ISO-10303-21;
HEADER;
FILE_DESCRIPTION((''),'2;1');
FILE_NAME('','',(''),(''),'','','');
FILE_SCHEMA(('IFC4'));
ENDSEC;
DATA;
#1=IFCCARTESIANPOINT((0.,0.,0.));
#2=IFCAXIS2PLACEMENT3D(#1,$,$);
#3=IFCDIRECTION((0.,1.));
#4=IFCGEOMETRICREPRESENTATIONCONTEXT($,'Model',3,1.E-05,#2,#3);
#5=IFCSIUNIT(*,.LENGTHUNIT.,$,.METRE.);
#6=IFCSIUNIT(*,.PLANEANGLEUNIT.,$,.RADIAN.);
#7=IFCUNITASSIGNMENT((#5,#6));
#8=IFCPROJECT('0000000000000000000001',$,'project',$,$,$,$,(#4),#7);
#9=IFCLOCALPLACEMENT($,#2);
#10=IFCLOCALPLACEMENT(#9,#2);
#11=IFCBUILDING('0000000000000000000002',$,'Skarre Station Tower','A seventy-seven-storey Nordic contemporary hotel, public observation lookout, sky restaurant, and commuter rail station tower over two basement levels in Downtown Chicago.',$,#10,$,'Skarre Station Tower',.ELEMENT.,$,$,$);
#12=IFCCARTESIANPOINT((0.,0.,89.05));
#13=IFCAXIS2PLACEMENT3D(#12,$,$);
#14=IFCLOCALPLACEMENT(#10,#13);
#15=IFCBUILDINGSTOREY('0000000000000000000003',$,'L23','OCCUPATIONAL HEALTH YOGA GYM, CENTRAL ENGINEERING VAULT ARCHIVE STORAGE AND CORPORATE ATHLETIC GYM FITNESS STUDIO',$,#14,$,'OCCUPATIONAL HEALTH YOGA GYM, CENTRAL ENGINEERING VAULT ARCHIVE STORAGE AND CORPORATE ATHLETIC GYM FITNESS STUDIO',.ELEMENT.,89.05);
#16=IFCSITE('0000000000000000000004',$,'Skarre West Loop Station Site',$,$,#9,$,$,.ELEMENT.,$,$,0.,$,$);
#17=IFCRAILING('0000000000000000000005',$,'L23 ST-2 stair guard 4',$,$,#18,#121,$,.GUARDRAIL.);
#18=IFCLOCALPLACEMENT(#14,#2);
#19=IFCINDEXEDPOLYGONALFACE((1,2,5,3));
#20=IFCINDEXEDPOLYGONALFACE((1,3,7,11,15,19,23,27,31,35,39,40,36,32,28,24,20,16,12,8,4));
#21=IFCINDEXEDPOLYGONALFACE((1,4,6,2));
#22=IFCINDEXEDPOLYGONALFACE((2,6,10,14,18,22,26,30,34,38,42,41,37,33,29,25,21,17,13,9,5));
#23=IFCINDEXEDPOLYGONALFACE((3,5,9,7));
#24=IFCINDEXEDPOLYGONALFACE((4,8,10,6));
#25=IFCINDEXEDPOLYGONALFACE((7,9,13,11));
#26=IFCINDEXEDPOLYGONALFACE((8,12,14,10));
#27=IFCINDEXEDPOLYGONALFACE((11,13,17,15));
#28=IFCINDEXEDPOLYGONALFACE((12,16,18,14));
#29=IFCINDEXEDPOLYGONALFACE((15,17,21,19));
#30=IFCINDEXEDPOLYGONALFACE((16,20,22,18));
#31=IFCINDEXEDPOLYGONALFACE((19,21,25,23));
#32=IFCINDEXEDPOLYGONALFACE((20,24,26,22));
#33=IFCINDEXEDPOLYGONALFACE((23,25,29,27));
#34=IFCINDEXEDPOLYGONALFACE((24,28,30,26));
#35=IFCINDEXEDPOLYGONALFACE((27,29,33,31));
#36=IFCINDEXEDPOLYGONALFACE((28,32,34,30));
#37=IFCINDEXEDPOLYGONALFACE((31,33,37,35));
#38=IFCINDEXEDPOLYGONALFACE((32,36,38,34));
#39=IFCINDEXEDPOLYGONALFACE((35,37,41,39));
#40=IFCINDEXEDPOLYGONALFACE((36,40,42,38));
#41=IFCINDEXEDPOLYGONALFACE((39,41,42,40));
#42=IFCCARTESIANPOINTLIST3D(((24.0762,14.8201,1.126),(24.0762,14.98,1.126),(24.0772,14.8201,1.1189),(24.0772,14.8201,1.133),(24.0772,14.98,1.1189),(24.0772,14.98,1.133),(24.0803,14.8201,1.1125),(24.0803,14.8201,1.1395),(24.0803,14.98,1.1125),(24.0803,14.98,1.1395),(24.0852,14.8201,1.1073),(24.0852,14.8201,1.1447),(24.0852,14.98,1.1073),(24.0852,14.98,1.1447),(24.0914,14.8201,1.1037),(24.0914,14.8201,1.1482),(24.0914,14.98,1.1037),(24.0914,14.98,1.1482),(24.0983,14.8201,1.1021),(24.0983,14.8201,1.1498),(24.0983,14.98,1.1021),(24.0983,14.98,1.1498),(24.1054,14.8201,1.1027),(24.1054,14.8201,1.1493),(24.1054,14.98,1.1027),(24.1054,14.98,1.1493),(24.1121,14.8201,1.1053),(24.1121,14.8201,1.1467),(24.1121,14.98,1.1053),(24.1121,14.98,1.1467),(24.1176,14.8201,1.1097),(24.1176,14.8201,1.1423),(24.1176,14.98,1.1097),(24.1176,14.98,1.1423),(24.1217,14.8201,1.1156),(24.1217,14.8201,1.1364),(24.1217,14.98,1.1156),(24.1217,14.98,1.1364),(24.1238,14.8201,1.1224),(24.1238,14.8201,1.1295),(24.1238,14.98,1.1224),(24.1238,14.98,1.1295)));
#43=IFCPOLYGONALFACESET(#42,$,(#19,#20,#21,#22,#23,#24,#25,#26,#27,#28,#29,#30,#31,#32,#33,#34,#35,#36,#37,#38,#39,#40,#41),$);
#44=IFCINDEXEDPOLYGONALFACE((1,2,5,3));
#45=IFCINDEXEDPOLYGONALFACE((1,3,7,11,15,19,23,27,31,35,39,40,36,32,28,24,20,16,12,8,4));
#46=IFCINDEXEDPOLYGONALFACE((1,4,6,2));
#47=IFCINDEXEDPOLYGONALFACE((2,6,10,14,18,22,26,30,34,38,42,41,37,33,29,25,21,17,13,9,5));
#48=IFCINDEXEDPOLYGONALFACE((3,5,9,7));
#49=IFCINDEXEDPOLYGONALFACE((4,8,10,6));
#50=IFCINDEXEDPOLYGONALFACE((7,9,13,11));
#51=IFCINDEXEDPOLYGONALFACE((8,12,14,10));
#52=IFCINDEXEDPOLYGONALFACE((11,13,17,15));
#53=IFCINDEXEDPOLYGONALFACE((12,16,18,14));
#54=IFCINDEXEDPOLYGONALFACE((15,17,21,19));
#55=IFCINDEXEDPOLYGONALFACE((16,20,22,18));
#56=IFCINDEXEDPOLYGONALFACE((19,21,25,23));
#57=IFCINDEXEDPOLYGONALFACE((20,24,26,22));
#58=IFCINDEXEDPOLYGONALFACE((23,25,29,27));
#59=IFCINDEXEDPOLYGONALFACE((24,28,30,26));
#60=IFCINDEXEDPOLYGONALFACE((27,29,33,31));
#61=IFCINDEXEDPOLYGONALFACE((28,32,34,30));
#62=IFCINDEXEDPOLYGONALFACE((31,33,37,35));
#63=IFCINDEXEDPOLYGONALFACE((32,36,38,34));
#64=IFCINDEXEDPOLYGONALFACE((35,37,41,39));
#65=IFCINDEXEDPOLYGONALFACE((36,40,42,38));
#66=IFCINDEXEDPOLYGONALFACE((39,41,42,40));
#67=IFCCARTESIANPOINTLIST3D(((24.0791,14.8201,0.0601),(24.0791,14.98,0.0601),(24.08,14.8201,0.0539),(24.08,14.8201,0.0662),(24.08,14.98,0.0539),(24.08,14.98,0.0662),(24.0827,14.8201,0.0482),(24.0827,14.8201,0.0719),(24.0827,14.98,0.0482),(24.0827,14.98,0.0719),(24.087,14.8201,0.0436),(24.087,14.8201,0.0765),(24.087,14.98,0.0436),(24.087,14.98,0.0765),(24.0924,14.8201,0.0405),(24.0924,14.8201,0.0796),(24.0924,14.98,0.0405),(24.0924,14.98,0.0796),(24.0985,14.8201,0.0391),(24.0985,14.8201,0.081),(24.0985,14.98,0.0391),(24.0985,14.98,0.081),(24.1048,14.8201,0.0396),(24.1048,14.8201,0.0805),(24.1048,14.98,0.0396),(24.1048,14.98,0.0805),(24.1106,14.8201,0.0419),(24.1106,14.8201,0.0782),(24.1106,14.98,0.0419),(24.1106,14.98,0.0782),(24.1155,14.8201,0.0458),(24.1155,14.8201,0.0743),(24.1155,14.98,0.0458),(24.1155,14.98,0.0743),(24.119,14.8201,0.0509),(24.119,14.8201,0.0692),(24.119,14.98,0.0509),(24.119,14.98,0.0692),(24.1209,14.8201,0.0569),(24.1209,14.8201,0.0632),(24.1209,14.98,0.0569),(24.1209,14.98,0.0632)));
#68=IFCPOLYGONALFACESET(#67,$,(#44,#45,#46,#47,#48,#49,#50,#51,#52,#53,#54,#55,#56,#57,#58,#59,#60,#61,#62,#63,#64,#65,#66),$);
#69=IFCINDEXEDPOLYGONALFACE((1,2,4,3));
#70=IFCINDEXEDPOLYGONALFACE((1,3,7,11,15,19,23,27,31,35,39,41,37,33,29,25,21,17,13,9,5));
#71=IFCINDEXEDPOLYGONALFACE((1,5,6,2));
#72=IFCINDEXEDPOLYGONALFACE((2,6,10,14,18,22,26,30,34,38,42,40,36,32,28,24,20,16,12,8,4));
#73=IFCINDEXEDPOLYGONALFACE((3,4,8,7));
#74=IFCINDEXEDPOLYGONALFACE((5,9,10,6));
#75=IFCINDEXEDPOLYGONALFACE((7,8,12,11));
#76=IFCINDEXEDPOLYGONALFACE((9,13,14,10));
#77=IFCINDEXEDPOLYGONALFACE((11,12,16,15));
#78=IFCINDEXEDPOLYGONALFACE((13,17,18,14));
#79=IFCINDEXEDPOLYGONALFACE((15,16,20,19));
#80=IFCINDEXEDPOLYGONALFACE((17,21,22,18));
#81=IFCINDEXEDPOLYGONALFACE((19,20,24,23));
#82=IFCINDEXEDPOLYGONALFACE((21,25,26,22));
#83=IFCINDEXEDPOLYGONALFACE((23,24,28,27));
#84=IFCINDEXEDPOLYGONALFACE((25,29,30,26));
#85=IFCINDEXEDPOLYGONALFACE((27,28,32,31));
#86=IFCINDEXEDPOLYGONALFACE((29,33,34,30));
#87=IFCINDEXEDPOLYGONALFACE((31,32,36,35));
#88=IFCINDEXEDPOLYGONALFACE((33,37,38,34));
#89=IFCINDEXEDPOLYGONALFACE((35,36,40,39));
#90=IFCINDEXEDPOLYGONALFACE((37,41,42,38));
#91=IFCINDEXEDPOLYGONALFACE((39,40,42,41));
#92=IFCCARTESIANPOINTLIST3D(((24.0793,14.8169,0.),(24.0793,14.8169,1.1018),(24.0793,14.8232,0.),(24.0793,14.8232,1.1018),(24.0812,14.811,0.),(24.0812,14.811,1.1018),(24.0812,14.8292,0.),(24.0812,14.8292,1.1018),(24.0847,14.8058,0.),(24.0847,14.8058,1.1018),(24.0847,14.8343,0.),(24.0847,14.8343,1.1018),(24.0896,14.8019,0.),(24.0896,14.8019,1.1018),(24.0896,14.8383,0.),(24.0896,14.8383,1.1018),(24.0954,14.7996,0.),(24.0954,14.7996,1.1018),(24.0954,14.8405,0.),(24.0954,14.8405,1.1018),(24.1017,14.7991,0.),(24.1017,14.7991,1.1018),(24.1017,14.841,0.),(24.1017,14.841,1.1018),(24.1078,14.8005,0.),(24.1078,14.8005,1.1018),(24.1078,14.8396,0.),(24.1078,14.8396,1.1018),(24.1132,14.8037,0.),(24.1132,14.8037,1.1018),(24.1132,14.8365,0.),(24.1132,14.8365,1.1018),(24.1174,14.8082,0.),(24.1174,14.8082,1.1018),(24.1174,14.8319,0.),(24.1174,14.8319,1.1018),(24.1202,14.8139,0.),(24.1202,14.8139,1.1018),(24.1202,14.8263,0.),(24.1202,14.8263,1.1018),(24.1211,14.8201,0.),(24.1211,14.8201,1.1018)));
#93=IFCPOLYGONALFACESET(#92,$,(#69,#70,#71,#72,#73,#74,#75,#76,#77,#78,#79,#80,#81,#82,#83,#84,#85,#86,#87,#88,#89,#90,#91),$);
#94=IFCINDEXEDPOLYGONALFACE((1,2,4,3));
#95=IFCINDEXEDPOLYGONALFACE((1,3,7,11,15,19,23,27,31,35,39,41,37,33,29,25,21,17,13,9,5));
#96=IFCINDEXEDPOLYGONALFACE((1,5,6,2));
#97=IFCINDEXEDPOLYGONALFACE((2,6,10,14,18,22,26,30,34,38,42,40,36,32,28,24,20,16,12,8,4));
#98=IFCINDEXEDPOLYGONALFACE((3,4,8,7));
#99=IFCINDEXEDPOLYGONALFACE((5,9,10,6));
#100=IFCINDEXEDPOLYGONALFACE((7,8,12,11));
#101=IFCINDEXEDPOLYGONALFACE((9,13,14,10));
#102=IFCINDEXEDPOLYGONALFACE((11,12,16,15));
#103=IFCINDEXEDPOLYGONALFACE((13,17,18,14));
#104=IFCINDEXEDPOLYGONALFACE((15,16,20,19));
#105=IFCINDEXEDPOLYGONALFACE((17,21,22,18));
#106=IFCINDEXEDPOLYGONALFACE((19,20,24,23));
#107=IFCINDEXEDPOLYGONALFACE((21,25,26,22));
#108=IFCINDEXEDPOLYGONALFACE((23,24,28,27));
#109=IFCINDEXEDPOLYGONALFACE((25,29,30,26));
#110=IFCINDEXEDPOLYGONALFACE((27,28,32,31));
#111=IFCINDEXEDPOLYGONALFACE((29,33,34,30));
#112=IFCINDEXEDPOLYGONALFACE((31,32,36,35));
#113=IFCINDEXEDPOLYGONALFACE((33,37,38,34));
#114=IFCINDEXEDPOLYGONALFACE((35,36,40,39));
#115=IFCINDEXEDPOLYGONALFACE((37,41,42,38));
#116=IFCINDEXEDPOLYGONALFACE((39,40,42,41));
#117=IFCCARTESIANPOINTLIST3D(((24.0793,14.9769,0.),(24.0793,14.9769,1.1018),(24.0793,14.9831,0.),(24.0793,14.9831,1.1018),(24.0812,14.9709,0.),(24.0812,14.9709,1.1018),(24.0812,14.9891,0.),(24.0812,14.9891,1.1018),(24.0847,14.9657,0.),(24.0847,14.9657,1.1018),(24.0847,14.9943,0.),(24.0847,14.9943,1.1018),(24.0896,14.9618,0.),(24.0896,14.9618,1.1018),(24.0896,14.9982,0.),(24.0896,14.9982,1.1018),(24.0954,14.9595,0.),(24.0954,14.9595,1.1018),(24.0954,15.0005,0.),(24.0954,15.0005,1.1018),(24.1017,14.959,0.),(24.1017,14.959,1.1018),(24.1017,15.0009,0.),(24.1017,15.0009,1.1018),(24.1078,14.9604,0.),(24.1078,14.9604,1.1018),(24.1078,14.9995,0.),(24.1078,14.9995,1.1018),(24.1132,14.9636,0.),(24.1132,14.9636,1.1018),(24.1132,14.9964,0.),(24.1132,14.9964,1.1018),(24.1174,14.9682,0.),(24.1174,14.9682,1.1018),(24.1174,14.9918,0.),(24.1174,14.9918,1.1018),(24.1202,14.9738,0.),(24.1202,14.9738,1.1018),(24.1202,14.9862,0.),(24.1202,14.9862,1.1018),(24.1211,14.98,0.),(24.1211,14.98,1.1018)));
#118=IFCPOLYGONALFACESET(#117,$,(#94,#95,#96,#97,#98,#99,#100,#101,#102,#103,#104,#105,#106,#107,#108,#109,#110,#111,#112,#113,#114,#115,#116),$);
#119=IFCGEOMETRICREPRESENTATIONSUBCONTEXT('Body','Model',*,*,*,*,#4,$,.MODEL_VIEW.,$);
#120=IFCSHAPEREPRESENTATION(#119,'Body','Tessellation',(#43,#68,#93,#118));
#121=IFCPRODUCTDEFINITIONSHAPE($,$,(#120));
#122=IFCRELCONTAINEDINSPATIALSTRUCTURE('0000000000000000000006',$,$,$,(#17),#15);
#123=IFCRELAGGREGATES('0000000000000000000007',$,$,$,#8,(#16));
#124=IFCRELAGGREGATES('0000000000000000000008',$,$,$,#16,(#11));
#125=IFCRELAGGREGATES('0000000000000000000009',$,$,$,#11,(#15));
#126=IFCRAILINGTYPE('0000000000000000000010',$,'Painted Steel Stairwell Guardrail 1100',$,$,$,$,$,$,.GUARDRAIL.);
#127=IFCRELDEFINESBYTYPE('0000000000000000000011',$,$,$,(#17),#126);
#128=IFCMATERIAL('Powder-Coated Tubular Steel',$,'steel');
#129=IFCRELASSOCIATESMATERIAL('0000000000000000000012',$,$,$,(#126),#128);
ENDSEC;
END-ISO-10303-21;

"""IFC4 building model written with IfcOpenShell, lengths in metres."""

from ifc_helpers import new_model, si_unit, direction, frame, origin, origin_2d, place, context, subcontext, project, spatial, circle, extrude, material, type_object, element, save


model = new_model("IFC4")

# Units and contexts
model_context = context("Model", 3, precision=1e-05, world=origin(), true_north=direction((0.0, 1.0)))
body_context = subcontext(model_context, "Body", "Model", "MODEL_VIEW")
ifc_project = project(units=[si_unit("LENGTHUNIT", "METRE"), si_unit("PLANEANGLEUNIT", "RADIAN")], contexts=[model_context])

# Site, building, storey
site_placement = place(None, origin())
site = spatial("IfcSite", under=ifc_project, at=site_placement, Name="Skarre West Loop Station Site", CompositionType="ELEMENT", RefElevation=0.0)
building_placement = place(site_placement, origin())
building = spatial("IfcBuilding", under=site, at=building_placement, Name="Skarre Station Tower", Description="A seventy-seven-storey Nordic contemporary hotel, public observation lookout, sky restaurant, and commuter rail station tower over two basement levels in Downtown Chicago.", LongName="Skarre Station Tower", CompositionType="ELEMENT")
storey_placement = place(building_placement, frame((0.0, 0.0, 89.05)))
storey = spatial("IfcBuildingStorey", under=building, at=storey_placement, Name="L23", Description="OCCUPATIONAL HEALTH YOGA GYM, CENTRAL ENGINEERING VAULT ARCHIVE STORAGE AND CORPORATE ATHLETIC GYM FITNESS STUDIO", LongName="OCCUPATIONAL HEALTH YOGA GYM, CENTRAL ENGINEERING VAULT ARCHIVE STORAGE AND CORPORATE ATHLETIC GYM FITNESS STUDIO", CompositionType="ELEMENT", Elevation=89.05)

# Railing
ifc_material_1 = material(Name="Powder-Coated Tubular Steel", Category="steel")
railing_type_1 = type_object("IfcRailingType", Name="Painted Steel Stairwell Guardrail 1100", PredefinedType="GUARDRAIL", material=ifc_material_1)
railing_1_placement = place(storey_placement, frame((24.1001, 14.8201, 0.0)))
element("IfcRailing", 1, at=railing_1_placement, inside=storey, type_object=railing_type_1, Name="L23 ST-2 stair guard 4", PredefinedType="GUARDRAIL", context=body_context, shape_type="SweptSolid", body=[
    extrude(circle(Radius=0.0239, at=origin_2d()), frame((0.0, 0.0, 1.126), z_axis=(0.0, 1.0, 0.0), x_axis=(-1.0, 0.0, 0.0)), (0.0, 0.0, 1.0), 0.1599),
    extrude(circle(Radius=0.021, at=origin_2d()), frame((0.0, 0.0, 0.0601), z_axis=(0.0, 1.0, 0.0), x_axis=(-1.0, 0.0, 0.0)), (0.0, 0.0, 1.0), 0.1599),
    extrude(circle(Radius=0.021, at=origin_2d()), origin(), (0.0, 0.0, 1.0), 1.1018),
    extrude(circle(Radius=0.021, at=origin_2d()), frame((0.0, 0.1599, 0.0)), (0.0, 0.0, 1.0), 1.1018),
])

save(model, "model.ifc")
